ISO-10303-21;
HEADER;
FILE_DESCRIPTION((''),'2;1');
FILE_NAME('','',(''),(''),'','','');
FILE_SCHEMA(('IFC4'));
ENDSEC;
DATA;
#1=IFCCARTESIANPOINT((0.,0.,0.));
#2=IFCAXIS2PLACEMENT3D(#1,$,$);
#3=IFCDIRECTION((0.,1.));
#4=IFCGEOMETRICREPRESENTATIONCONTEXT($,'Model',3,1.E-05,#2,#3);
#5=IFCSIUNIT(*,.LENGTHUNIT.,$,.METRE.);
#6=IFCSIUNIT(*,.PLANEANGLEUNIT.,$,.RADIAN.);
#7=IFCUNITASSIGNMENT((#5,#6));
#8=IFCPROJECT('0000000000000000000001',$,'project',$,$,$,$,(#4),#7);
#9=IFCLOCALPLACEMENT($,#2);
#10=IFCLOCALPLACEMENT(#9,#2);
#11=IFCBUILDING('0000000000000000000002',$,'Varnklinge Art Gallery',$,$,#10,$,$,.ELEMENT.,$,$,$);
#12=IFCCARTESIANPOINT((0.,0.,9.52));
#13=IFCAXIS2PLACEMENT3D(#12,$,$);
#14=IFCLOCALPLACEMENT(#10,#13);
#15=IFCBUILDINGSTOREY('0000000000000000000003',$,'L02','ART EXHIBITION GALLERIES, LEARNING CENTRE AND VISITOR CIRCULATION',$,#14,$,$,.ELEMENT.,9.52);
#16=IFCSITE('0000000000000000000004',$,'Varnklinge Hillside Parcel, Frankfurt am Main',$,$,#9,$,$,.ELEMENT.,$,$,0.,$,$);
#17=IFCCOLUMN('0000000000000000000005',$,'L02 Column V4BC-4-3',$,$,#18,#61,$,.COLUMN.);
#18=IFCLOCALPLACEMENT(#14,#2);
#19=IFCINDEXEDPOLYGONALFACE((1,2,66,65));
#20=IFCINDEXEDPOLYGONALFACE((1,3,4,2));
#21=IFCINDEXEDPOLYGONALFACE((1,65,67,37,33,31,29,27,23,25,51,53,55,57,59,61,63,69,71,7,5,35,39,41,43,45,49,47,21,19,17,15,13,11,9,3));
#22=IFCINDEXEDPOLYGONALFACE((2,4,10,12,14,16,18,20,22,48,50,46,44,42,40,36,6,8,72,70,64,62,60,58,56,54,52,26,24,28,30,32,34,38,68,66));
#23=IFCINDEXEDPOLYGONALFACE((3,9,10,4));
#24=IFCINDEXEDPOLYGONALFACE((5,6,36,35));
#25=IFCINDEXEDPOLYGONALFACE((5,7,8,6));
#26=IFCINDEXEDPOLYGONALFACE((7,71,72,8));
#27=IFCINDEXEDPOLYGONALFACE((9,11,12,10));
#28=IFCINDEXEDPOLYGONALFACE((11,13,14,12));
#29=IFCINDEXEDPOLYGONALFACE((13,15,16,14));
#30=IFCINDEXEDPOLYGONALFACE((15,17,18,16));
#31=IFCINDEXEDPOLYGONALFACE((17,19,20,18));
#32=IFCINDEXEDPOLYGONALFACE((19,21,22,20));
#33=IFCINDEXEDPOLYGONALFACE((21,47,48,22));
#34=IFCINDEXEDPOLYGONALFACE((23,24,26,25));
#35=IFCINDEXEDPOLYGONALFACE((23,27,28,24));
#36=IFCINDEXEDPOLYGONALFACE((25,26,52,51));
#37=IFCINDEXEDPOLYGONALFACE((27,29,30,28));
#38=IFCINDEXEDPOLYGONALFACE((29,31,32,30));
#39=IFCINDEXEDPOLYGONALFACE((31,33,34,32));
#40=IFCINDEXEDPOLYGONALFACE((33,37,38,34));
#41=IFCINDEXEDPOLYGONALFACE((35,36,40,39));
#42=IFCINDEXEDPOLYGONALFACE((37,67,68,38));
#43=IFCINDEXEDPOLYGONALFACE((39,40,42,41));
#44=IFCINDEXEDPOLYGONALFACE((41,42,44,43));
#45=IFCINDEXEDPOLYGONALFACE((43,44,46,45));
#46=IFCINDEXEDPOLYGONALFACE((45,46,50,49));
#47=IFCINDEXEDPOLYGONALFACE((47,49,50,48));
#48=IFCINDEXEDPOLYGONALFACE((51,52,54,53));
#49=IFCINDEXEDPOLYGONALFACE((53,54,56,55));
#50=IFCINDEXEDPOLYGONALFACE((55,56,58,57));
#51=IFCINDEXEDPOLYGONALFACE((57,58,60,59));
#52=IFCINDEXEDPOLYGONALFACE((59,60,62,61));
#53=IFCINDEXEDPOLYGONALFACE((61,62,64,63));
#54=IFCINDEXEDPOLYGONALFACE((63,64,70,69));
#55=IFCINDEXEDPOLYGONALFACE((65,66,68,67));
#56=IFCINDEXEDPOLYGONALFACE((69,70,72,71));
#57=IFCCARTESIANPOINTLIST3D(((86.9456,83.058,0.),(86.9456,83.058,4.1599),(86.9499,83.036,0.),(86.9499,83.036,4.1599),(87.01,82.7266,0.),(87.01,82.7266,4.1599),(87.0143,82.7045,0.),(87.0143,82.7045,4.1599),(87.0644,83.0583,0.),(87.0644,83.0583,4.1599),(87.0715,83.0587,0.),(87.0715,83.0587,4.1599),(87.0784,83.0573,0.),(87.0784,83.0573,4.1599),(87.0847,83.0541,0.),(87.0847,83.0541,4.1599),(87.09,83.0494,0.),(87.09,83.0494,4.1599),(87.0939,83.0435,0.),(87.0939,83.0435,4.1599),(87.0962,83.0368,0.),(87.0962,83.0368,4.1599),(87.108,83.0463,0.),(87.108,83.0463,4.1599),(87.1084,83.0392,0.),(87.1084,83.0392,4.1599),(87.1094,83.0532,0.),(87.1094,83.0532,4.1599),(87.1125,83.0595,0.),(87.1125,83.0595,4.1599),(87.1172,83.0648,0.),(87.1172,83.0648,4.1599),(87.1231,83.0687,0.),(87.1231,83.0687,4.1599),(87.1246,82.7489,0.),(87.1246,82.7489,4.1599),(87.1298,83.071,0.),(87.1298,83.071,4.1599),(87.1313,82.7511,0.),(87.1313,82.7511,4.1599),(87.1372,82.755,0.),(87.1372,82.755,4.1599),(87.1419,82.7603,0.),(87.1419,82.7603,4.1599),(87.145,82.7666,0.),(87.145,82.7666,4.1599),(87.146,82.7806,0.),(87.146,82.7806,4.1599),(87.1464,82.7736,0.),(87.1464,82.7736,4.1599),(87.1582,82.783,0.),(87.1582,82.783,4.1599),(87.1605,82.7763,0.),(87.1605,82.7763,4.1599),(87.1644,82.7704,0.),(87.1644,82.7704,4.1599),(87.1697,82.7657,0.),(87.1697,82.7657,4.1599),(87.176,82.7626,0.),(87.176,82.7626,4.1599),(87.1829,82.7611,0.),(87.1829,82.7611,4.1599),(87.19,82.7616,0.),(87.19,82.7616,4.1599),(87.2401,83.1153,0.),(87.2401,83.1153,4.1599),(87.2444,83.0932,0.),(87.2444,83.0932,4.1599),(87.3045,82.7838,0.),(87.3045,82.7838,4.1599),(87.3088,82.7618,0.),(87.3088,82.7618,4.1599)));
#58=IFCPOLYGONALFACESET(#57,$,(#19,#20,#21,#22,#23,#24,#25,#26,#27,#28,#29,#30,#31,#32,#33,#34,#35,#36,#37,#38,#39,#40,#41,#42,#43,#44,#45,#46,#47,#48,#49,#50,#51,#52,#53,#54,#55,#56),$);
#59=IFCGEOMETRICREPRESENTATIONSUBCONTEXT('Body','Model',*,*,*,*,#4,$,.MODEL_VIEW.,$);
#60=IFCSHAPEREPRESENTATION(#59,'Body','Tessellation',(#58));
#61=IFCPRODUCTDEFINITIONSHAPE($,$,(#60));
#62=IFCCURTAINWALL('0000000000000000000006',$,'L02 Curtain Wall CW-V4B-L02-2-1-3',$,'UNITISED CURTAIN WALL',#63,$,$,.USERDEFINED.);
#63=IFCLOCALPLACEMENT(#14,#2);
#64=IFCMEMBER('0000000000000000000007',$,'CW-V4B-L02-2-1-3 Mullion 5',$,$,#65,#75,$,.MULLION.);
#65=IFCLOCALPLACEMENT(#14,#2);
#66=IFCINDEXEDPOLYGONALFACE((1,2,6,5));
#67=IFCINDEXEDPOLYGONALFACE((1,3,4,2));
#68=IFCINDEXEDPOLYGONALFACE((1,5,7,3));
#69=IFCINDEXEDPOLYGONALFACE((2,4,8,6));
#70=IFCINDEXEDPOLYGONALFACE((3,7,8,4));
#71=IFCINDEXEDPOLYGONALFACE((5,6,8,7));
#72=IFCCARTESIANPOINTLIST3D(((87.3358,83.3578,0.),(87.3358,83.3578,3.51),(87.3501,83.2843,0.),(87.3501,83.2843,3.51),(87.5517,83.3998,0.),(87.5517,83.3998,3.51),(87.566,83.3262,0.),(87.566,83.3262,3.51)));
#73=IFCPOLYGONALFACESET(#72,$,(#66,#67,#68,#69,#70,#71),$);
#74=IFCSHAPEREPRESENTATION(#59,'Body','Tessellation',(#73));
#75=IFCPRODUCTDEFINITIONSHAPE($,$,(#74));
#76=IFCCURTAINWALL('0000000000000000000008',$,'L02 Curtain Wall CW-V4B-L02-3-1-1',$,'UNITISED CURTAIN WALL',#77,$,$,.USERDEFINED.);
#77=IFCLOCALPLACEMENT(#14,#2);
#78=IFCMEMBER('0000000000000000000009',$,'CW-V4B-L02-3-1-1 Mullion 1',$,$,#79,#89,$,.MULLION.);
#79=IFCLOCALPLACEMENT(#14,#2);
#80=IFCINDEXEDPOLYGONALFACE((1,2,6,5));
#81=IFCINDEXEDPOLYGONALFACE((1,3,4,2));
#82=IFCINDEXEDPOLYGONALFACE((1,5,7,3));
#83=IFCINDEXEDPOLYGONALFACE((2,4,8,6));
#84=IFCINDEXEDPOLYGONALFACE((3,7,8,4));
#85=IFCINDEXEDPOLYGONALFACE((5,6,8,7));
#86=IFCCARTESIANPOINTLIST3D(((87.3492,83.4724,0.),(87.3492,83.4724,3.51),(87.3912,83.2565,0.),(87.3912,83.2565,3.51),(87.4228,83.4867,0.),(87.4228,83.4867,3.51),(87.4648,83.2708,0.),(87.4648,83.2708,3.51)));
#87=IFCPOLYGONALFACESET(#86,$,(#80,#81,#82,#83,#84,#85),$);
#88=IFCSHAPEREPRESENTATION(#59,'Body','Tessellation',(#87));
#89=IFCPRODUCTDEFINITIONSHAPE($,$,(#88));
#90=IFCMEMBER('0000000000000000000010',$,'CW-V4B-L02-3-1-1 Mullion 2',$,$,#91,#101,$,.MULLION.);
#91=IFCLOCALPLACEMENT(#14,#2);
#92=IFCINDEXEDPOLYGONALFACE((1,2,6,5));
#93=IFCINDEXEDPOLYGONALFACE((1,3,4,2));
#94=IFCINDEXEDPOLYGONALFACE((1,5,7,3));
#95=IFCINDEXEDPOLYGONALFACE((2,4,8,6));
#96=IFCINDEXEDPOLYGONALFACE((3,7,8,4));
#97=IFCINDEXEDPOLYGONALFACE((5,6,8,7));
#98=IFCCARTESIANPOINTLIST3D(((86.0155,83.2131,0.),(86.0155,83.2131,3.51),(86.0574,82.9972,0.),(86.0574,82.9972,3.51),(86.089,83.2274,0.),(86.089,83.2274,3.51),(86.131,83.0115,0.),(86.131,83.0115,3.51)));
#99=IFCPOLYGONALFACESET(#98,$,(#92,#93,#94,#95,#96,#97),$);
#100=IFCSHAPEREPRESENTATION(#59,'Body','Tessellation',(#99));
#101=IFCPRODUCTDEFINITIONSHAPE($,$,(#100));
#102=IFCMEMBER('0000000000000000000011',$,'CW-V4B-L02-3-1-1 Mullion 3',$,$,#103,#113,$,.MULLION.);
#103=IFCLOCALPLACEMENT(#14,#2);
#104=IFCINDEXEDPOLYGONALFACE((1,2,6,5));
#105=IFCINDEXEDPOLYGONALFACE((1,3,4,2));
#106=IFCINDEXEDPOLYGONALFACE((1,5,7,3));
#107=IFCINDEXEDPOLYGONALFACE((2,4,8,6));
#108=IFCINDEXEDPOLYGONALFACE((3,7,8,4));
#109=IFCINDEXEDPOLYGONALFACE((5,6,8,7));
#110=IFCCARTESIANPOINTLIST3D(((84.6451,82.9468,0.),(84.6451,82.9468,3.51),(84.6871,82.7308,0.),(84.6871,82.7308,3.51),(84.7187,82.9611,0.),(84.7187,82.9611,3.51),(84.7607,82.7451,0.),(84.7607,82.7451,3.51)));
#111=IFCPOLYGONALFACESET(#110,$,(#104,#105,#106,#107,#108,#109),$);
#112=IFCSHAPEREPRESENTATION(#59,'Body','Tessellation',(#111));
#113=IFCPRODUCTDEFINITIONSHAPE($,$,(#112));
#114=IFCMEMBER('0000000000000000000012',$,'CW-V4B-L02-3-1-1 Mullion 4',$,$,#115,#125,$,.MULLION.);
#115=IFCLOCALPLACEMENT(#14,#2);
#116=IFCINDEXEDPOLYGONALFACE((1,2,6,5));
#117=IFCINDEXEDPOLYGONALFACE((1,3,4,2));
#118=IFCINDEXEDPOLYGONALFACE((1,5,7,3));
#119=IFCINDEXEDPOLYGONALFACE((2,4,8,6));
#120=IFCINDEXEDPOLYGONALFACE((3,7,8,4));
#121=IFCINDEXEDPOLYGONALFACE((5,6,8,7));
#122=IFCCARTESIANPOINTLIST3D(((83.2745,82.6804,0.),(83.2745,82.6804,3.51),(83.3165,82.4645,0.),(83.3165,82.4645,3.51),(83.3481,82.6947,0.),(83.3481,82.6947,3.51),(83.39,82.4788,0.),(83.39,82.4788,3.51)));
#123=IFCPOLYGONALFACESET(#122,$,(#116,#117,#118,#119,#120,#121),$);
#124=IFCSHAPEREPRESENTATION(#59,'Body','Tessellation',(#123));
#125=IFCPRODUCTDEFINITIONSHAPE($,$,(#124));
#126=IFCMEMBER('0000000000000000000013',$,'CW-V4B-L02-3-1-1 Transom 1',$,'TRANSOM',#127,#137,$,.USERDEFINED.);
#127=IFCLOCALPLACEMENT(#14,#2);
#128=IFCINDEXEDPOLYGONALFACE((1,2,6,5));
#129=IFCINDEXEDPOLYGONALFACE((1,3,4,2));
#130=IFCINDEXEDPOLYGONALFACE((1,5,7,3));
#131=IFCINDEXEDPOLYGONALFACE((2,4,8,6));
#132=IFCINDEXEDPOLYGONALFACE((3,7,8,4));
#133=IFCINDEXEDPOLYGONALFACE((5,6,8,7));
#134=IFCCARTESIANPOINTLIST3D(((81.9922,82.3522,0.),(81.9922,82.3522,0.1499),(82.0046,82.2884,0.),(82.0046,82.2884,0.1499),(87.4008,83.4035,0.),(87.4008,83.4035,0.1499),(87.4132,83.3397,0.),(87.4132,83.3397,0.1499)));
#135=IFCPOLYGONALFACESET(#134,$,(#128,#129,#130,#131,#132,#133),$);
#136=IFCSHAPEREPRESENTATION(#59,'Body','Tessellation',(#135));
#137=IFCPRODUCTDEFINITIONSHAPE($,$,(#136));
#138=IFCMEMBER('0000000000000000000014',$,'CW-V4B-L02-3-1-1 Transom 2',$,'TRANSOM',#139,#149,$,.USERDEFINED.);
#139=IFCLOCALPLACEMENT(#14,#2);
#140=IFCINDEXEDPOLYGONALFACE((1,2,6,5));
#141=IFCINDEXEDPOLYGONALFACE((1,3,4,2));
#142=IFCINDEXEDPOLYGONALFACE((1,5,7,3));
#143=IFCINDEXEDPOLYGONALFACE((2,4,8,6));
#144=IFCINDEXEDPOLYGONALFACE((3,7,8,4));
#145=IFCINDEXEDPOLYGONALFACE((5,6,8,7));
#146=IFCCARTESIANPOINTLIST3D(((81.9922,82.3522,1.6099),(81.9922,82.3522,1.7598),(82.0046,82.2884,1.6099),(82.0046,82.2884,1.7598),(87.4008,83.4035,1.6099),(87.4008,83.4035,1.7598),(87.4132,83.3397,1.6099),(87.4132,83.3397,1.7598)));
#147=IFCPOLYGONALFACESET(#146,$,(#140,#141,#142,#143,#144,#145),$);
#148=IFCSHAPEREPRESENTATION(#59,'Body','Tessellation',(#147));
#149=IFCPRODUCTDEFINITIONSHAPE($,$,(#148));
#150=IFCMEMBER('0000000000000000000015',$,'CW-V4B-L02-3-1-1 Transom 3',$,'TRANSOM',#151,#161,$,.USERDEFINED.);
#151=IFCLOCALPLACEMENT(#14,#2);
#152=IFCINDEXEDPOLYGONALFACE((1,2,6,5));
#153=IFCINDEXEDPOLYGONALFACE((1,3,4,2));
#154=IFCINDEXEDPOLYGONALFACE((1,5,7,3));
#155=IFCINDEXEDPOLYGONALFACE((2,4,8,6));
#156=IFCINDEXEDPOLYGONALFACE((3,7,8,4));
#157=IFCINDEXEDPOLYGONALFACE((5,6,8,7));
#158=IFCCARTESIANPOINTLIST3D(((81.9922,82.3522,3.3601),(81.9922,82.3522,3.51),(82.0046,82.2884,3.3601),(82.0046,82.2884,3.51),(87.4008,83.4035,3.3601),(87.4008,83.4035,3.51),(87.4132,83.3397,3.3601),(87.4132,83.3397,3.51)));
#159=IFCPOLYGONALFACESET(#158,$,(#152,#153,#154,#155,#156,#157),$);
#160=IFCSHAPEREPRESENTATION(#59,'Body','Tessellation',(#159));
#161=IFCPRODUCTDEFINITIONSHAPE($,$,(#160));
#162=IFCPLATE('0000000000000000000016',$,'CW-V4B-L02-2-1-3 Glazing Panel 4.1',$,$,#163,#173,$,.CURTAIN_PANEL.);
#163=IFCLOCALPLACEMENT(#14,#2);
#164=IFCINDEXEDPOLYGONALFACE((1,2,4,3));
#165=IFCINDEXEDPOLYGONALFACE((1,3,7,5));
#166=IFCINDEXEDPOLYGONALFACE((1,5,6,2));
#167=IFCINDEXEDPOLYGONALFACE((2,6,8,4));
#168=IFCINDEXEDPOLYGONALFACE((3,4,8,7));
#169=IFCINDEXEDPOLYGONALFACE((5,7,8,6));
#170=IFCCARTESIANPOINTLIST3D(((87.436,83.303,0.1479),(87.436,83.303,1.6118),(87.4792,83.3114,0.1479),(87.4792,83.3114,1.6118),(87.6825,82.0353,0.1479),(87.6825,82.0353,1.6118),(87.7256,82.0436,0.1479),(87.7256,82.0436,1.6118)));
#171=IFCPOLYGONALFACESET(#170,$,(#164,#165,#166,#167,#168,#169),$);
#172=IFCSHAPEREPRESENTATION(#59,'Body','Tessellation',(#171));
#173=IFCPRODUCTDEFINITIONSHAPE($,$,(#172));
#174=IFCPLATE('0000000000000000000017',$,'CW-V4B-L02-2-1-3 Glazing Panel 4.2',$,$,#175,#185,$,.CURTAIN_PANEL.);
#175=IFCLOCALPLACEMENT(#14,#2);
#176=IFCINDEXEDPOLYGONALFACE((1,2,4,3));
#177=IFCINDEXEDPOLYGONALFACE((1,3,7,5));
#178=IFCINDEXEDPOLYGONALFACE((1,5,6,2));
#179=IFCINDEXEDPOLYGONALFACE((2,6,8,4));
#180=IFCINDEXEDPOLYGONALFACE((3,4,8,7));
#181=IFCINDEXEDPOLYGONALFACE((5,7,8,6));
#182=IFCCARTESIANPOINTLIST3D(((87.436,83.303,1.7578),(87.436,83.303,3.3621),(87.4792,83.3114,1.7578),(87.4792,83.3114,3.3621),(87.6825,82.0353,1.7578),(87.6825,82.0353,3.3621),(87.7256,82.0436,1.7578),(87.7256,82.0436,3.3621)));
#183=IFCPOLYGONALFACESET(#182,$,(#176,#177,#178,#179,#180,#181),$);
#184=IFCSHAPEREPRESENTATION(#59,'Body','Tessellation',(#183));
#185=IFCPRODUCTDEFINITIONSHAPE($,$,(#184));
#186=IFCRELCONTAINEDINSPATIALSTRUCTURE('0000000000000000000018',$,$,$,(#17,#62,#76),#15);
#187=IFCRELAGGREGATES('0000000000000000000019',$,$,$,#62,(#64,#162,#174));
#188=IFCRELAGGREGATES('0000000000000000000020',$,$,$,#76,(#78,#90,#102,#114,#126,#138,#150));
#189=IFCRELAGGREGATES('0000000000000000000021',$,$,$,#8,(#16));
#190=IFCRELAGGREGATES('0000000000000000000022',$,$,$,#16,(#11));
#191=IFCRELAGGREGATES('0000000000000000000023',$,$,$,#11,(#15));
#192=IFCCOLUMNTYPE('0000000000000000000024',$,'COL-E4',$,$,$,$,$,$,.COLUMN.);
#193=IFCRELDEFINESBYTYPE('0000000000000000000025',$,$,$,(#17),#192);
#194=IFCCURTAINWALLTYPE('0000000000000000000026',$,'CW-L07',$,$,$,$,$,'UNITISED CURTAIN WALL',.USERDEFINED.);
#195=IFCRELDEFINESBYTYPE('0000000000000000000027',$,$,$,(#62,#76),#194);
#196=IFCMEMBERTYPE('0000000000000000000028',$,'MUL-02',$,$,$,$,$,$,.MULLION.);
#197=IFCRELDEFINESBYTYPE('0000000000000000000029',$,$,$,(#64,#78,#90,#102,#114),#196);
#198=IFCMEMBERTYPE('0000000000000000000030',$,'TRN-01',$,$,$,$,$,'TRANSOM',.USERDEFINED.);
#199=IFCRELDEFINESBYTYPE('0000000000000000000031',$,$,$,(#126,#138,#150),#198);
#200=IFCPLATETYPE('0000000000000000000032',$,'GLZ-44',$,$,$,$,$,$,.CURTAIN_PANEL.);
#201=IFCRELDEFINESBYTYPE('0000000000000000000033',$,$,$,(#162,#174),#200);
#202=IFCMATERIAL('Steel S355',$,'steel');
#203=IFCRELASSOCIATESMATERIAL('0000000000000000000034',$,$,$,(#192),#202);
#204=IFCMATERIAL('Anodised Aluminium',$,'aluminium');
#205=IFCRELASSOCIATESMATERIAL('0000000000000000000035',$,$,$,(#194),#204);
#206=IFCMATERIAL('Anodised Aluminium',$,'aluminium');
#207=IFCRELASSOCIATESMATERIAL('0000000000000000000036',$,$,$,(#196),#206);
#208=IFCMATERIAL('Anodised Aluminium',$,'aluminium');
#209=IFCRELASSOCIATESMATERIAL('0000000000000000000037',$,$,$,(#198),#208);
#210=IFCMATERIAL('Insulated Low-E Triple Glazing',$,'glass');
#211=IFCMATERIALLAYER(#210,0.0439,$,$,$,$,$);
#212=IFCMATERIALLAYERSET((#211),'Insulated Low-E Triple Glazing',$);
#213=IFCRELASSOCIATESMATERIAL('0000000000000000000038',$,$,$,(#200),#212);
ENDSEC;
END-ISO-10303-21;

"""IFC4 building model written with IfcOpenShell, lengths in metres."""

from ifc_helpers import new_model, si_unit, direction, frame, origin, origin_2d, place, context, subcontext, project, spatial, rectangle, i_section, extrude, material, layer, layer_set, material_profile, profile_set, type_object, element, aggregate, save


model = new_model("IFC4")

# Units and contexts
model_context = context("Model", 3, precision=1e-05, world=origin(), true_north=direction((0.0, 1.0)))
body_context = subcontext(model_context, "Body", "Model", "MODEL_VIEW")
ifc_project = project(units=[si_unit("LENGTHUNIT", "METRE"), si_unit("PLANEANGLEUNIT", "RADIAN")], contexts=[model_context])

# Site, building, storey
site_placement = place(None, origin())
site = spatial("IfcSite", under=ifc_project, at=site_placement, Name="Varnklinge Hillside Parcel, Frankfurt am Main", CompositionType="ELEMENT", RefElevation=0.0)
building_placement = place(site_placement, origin())
building = spatial("IfcBuilding", under=site, at=building_placement, Name="Varnklinge Art Gallery", CompositionType="ELEMENT")
storey_placement = place(building_placement, frame((0.0, 0.0, 9.52)))
storey = spatial("IfcBuildingStorey", under=building, at=storey_placement, Name="L02", Description="ART EXHIBITION GALLERIES, LEARNING CENTRE AND VISITOR CIRCULATION", CompositionType="ELEMENT", Elevation=9.52)

# Column
ifc_material_1 = material(Name="Steel S355", Category="steel")
ifc_material_profile_1 = material_profile(ifc_material_1, i_section(OverallWidth=0.3, OverallDepth=0.3601, WebThickness=0.0125, FlangeThickness=0.0225, FilletRadius=0.0271, at=origin_2d()), Name="HEB 360")
ifc_profile_set_1 = profile_set([ifc_material_profile_1], Name="Steel S355")
column_type = type_object("IfcColumnType", Name="COL-E4", PredefinedType="COLUMN", material=ifc_profile_set_1)
column_placement = place(storey_placement, frame((87.1272, 82.9099, 0.0), z_axis=(0.0, 0.0, 1.0), x_axis=(0.981627, 0.190809, 0.0)))
element("IfcColumn", 1, at=column_placement, inside=storey, type_object=column_type, Name="L02 Column V4BC-4-3", PredefinedType="COLUMN", context=body_context, shape_type="SweptSolid", body=[
    extrude(i_section(OverallWidth=0.3, OverallDepth=0.3601, WebThickness=0.0125, FlangeThickness=0.0225, FilletRadius=0.0271, at=origin_2d()), origin(), (0.0, 0.0, 1.0), 4.1599),
])

# Curtain wall, member
ifc_material_2 = material(Name="Anodised Aluminium", Category="aluminium")
curtain_wall_type = type_object("IfcCurtainWallType", Name="CW-L07", ElementType="UNITISED CURTAIN WALL", PredefinedType="USERDEFINED", material=ifc_material_2)
curtain_wall_1_placement = place(storey_placement, origin())
curtain_wall_1 = element("IfcCurtainWall", 2, at=curtain_wall_1_placement, inside=storey, type_object=curtain_wall_type, Name="L02 Curtain Wall CW-V4B-L02-2-1-3", ObjectType="UNITISED CURTAIN WALL", PredefinedType="USERDEFINED")
ifc_material_3 = material(Name="Anodised Aluminium", Category="aluminium")
ifc_material_profile_2 = material_profile(ifc_material_3, rectangle(XDim=0.075, YDim=0.22, at=origin_2d()), Name="ALU 75x220")
ifc_profile_set_2 = profile_set([ifc_material_profile_2], Name="Anodised Aluminium")
member_type_1 = type_object("IfcMemberType", Name="MUL-02", PredefinedType="MULLION", material=ifc_profile_set_2)
member_1_placement = place(storey_placement, frame((87.4509, 83.342, 0.0), z_axis=(0.0, 0.0, 1.0), x_axis=(-0.190809, 0.981627, 0.0)))
member_1 = element("IfcMember", 3, at=member_1_placement, type_object=member_type_1, Name="CW-V4B-L02-2-1-3 Mullion 5", PredefinedType="MULLION", context=body_context, shape_type="SweptSolid", body=[
    extrude(rectangle(XDim=0.075, YDim=0.22, at=origin_2d()), origin(), (0.0, 0.0, 1.0), 3.51),
])

# Curtain wall, members
curtain_wall_2_placement = place(storey_placement, origin())
curtain_wall_2 = element("IfcCurtainWall", 4, at=curtain_wall_2_placement, inside=storey, type_object=curtain_wall_type, Name="L02 Curtain Wall CW-V4B-L02-3-1-1", ObjectType="UNITISED CURTAIN WALL", PredefinedType="USERDEFINED")
member_2_placement = place(storey_placement, frame((87.407, 83.3716, 0.0), z_axis=(0.0, 0.0, 1.0), x_axis=(-0.981627, -0.190809, 0.0)))
member_2 = element("IfcMember", 5, at=member_2_placement, type_object=member_type_1, Name="CW-V4B-L02-3-1-1 Mullion 1", PredefinedType="MULLION", context=body_context, shape_type="SweptSolid", body=[
    extrude(rectangle(XDim=0.075, YDim=0.22, at=origin_2d()), origin(), (0.0, 0.0, 1.0), 3.51),
])
member_3_placement = place(storey_placement, frame((86.0732, 83.1123, 0.0), z_axis=(0.0, 0.0, 1.0), x_axis=(-0.981627, -0.190809, 0.0)))
member_3 = element("IfcMember", 6, at=member_3_placement, type_object=member_type_1, Name="CW-V4B-L02-3-1-1 Mullion 2", PredefinedType="MULLION", context=body_context, shape_type="SweptSolid", body=[
    extrude(rectangle(XDim=0.075, YDim=0.22, at=origin_2d()), origin(), (0.0, 0.0, 1.0), 3.51),
])
member_4_placement = place(storey_placement, frame((84.7029, 82.8459, 0.0), z_axis=(0.0, 0.0, 1.0), x_axis=(-0.981627, -0.190809, 0.0)))
member_4 = element("IfcMember", 7, at=member_4_placement, type_object=member_type_1, Name="CW-V4B-L02-3-1-1 Mullion 3", PredefinedType="MULLION", context=body_context, shape_type="SweptSolid", body=[
    extrude(rectangle(XDim=0.075, YDim=0.22, at=origin_2d()), origin(), (0.0, 0.0, 1.0), 3.51),
])
member_5_placement = place(storey_placement, frame((83.3323, 82.5796, 0.0), z_axis=(0.0, 0.0, 1.0), x_axis=(-0.981627, -0.190809, 0.0)))
member_5 = element("IfcMember", 8, at=member_5_placement, type_object=member_type_1, Name="CW-V4B-L02-3-1-1 Mullion 4", PredefinedType="MULLION", context=body_context, shape_type="SweptSolid", body=[
    extrude(rectangle(XDim=0.075, YDim=0.22, at=origin_2d()), origin(), (0.0, 0.0, 1.0), 3.51),
])
ifc_material_4 = material(Name="Anodised Aluminium", Category="aluminium")
ifc_material_profile_3 = material_profile(ifc_material_4, rectangle(XDim=0.0649, YDim=0.1499, at=origin_2d()), Name="ALU 65x150")
ifc_profile_set_3 = profile_set([ifc_material_profile_3], Name="Anodised Aluminium")
member_type_2 = type_object("IfcMemberType", Name="TRN-01", ElementType="TRANSOM", PredefinedType="USERDEFINED", material=ifc_profile_set_3)
member_6_placement = place(storey_placement, frame((87.407, 83.3716, 0.075), z_axis=(-0.981628, -0.190804, 0.0), x_axis=(0.190804, -0.981628, 0.0)))
member_6 = element("IfcMember", 9, at=member_6_placement, type_object=member_type_2, Name="CW-V4B-L02-3-1-1 Transom 1", ObjectType="TRANSOM", PredefinedType="USERDEFINED", context=body_context, shape_type="SweptSolid", body=[
    extrude(rectangle(XDim=0.0649, YDim=0.1499, at=origin_2d()), origin(), (0.0, 0.0, 1.0), 5.5098),
])
member_7_placement = place(storey_placement, frame((87.407, 83.3716, 1.6848), z_axis=(-0.981628, -0.190804, 0.0), x_axis=(0.190804, -0.981628, 0.0)))
member_7 = element("IfcMember", 10, at=member_7_placement, type_object=member_type_2, Name="CW-V4B-L02-3-1-1 Transom 2", ObjectType="TRANSOM", PredefinedType="USERDEFINED", context=body_context, shape_type="SweptSolid", body=[
    extrude(rectangle(XDim=0.0649, YDim=0.1499, at=origin_2d()), origin(), (0.0, 0.0, 1.0), 5.5098),
])
member_8_placement = place(storey_placement, frame((87.407, 83.3716, 3.4351), z_axis=(-0.981628, -0.190804, 0.0), x_axis=(0.190804, -0.981628, 0.0)))
member_8 = element("IfcMember", 11, at=member_8_placement, type_object=member_type_2, Name="CW-V4B-L02-3-1-1 Transom 3", ObjectType="TRANSOM", PredefinedType="USERDEFINED", context=body_context, shape_type="SweptSolid", body=[
    extrude(rectangle(XDim=0.0649, YDim=0.1499, at=origin_2d()), origin(), (0.0, 0.0, 1.0), 5.5098),
])

# Plates
ifc_material_5 = material(Name="Insulated Low-E Triple Glazing", Category="glass")
ifc_layer_1 = layer(ifc_material_5, 0.0439)
ifc_layer_set_1 = layer_set([ifc_layer_1], Name="Insulated Low-E Triple Glazing")
plate_type = type_object("IfcPlateType", Name="GLZ-44", PredefinedType="CURTAIN_PANEL", material=ifc_layer_set_1)
plate_1_placement = place(storey_placement, frame((87.5808, 82.6733, 0.1479), z_axis=(0.0, 0.0, 1.0), x_axis=(-0.190809, 0.981627, 0.0)))
plate_1 = element("IfcPlate", 12, at=plate_1_placement, type_object=plate_type, Name="CW-V4B-L02-2-1-3 Glazing Panel 4.1", PredefinedType="CURTAIN_PANEL", context=body_context, shape_type="SweptSolid", body=[
    extrude(rectangle(XDim=1.2915, YDim=0.0439, at=origin_2d()), origin(), (0.0, 0.0, 1.0), 1.4639),
])
plate_2_placement = place(storey_placement, frame((87.5808, 82.6733, 1.7578), z_axis=(0.0, 0.0, 1.0), x_axis=(-0.190809, 0.981627, 0.0)))
plate_2 = element("IfcPlate", 13, at=plate_2_placement, type_object=plate_type, Name="CW-V4B-L02-2-1-3 Glazing Panel 4.2", PredefinedType="CURTAIN_PANEL", context=body_context, shape_type="SweptSolid", body=[
    extrude(rectangle(XDim=1.2915, YDim=0.0439, at=origin_2d()), origin(), (0.0, 0.0, 1.0), 1.6042),
])
aggregate(curtain_wall_1, [member_1, plate_1, plate_2])
aggregate(curtain_wall_2, [member_2, member_3, member_4, member_5, member_6, member_7, member_8])

save(model, "model.ifc")
